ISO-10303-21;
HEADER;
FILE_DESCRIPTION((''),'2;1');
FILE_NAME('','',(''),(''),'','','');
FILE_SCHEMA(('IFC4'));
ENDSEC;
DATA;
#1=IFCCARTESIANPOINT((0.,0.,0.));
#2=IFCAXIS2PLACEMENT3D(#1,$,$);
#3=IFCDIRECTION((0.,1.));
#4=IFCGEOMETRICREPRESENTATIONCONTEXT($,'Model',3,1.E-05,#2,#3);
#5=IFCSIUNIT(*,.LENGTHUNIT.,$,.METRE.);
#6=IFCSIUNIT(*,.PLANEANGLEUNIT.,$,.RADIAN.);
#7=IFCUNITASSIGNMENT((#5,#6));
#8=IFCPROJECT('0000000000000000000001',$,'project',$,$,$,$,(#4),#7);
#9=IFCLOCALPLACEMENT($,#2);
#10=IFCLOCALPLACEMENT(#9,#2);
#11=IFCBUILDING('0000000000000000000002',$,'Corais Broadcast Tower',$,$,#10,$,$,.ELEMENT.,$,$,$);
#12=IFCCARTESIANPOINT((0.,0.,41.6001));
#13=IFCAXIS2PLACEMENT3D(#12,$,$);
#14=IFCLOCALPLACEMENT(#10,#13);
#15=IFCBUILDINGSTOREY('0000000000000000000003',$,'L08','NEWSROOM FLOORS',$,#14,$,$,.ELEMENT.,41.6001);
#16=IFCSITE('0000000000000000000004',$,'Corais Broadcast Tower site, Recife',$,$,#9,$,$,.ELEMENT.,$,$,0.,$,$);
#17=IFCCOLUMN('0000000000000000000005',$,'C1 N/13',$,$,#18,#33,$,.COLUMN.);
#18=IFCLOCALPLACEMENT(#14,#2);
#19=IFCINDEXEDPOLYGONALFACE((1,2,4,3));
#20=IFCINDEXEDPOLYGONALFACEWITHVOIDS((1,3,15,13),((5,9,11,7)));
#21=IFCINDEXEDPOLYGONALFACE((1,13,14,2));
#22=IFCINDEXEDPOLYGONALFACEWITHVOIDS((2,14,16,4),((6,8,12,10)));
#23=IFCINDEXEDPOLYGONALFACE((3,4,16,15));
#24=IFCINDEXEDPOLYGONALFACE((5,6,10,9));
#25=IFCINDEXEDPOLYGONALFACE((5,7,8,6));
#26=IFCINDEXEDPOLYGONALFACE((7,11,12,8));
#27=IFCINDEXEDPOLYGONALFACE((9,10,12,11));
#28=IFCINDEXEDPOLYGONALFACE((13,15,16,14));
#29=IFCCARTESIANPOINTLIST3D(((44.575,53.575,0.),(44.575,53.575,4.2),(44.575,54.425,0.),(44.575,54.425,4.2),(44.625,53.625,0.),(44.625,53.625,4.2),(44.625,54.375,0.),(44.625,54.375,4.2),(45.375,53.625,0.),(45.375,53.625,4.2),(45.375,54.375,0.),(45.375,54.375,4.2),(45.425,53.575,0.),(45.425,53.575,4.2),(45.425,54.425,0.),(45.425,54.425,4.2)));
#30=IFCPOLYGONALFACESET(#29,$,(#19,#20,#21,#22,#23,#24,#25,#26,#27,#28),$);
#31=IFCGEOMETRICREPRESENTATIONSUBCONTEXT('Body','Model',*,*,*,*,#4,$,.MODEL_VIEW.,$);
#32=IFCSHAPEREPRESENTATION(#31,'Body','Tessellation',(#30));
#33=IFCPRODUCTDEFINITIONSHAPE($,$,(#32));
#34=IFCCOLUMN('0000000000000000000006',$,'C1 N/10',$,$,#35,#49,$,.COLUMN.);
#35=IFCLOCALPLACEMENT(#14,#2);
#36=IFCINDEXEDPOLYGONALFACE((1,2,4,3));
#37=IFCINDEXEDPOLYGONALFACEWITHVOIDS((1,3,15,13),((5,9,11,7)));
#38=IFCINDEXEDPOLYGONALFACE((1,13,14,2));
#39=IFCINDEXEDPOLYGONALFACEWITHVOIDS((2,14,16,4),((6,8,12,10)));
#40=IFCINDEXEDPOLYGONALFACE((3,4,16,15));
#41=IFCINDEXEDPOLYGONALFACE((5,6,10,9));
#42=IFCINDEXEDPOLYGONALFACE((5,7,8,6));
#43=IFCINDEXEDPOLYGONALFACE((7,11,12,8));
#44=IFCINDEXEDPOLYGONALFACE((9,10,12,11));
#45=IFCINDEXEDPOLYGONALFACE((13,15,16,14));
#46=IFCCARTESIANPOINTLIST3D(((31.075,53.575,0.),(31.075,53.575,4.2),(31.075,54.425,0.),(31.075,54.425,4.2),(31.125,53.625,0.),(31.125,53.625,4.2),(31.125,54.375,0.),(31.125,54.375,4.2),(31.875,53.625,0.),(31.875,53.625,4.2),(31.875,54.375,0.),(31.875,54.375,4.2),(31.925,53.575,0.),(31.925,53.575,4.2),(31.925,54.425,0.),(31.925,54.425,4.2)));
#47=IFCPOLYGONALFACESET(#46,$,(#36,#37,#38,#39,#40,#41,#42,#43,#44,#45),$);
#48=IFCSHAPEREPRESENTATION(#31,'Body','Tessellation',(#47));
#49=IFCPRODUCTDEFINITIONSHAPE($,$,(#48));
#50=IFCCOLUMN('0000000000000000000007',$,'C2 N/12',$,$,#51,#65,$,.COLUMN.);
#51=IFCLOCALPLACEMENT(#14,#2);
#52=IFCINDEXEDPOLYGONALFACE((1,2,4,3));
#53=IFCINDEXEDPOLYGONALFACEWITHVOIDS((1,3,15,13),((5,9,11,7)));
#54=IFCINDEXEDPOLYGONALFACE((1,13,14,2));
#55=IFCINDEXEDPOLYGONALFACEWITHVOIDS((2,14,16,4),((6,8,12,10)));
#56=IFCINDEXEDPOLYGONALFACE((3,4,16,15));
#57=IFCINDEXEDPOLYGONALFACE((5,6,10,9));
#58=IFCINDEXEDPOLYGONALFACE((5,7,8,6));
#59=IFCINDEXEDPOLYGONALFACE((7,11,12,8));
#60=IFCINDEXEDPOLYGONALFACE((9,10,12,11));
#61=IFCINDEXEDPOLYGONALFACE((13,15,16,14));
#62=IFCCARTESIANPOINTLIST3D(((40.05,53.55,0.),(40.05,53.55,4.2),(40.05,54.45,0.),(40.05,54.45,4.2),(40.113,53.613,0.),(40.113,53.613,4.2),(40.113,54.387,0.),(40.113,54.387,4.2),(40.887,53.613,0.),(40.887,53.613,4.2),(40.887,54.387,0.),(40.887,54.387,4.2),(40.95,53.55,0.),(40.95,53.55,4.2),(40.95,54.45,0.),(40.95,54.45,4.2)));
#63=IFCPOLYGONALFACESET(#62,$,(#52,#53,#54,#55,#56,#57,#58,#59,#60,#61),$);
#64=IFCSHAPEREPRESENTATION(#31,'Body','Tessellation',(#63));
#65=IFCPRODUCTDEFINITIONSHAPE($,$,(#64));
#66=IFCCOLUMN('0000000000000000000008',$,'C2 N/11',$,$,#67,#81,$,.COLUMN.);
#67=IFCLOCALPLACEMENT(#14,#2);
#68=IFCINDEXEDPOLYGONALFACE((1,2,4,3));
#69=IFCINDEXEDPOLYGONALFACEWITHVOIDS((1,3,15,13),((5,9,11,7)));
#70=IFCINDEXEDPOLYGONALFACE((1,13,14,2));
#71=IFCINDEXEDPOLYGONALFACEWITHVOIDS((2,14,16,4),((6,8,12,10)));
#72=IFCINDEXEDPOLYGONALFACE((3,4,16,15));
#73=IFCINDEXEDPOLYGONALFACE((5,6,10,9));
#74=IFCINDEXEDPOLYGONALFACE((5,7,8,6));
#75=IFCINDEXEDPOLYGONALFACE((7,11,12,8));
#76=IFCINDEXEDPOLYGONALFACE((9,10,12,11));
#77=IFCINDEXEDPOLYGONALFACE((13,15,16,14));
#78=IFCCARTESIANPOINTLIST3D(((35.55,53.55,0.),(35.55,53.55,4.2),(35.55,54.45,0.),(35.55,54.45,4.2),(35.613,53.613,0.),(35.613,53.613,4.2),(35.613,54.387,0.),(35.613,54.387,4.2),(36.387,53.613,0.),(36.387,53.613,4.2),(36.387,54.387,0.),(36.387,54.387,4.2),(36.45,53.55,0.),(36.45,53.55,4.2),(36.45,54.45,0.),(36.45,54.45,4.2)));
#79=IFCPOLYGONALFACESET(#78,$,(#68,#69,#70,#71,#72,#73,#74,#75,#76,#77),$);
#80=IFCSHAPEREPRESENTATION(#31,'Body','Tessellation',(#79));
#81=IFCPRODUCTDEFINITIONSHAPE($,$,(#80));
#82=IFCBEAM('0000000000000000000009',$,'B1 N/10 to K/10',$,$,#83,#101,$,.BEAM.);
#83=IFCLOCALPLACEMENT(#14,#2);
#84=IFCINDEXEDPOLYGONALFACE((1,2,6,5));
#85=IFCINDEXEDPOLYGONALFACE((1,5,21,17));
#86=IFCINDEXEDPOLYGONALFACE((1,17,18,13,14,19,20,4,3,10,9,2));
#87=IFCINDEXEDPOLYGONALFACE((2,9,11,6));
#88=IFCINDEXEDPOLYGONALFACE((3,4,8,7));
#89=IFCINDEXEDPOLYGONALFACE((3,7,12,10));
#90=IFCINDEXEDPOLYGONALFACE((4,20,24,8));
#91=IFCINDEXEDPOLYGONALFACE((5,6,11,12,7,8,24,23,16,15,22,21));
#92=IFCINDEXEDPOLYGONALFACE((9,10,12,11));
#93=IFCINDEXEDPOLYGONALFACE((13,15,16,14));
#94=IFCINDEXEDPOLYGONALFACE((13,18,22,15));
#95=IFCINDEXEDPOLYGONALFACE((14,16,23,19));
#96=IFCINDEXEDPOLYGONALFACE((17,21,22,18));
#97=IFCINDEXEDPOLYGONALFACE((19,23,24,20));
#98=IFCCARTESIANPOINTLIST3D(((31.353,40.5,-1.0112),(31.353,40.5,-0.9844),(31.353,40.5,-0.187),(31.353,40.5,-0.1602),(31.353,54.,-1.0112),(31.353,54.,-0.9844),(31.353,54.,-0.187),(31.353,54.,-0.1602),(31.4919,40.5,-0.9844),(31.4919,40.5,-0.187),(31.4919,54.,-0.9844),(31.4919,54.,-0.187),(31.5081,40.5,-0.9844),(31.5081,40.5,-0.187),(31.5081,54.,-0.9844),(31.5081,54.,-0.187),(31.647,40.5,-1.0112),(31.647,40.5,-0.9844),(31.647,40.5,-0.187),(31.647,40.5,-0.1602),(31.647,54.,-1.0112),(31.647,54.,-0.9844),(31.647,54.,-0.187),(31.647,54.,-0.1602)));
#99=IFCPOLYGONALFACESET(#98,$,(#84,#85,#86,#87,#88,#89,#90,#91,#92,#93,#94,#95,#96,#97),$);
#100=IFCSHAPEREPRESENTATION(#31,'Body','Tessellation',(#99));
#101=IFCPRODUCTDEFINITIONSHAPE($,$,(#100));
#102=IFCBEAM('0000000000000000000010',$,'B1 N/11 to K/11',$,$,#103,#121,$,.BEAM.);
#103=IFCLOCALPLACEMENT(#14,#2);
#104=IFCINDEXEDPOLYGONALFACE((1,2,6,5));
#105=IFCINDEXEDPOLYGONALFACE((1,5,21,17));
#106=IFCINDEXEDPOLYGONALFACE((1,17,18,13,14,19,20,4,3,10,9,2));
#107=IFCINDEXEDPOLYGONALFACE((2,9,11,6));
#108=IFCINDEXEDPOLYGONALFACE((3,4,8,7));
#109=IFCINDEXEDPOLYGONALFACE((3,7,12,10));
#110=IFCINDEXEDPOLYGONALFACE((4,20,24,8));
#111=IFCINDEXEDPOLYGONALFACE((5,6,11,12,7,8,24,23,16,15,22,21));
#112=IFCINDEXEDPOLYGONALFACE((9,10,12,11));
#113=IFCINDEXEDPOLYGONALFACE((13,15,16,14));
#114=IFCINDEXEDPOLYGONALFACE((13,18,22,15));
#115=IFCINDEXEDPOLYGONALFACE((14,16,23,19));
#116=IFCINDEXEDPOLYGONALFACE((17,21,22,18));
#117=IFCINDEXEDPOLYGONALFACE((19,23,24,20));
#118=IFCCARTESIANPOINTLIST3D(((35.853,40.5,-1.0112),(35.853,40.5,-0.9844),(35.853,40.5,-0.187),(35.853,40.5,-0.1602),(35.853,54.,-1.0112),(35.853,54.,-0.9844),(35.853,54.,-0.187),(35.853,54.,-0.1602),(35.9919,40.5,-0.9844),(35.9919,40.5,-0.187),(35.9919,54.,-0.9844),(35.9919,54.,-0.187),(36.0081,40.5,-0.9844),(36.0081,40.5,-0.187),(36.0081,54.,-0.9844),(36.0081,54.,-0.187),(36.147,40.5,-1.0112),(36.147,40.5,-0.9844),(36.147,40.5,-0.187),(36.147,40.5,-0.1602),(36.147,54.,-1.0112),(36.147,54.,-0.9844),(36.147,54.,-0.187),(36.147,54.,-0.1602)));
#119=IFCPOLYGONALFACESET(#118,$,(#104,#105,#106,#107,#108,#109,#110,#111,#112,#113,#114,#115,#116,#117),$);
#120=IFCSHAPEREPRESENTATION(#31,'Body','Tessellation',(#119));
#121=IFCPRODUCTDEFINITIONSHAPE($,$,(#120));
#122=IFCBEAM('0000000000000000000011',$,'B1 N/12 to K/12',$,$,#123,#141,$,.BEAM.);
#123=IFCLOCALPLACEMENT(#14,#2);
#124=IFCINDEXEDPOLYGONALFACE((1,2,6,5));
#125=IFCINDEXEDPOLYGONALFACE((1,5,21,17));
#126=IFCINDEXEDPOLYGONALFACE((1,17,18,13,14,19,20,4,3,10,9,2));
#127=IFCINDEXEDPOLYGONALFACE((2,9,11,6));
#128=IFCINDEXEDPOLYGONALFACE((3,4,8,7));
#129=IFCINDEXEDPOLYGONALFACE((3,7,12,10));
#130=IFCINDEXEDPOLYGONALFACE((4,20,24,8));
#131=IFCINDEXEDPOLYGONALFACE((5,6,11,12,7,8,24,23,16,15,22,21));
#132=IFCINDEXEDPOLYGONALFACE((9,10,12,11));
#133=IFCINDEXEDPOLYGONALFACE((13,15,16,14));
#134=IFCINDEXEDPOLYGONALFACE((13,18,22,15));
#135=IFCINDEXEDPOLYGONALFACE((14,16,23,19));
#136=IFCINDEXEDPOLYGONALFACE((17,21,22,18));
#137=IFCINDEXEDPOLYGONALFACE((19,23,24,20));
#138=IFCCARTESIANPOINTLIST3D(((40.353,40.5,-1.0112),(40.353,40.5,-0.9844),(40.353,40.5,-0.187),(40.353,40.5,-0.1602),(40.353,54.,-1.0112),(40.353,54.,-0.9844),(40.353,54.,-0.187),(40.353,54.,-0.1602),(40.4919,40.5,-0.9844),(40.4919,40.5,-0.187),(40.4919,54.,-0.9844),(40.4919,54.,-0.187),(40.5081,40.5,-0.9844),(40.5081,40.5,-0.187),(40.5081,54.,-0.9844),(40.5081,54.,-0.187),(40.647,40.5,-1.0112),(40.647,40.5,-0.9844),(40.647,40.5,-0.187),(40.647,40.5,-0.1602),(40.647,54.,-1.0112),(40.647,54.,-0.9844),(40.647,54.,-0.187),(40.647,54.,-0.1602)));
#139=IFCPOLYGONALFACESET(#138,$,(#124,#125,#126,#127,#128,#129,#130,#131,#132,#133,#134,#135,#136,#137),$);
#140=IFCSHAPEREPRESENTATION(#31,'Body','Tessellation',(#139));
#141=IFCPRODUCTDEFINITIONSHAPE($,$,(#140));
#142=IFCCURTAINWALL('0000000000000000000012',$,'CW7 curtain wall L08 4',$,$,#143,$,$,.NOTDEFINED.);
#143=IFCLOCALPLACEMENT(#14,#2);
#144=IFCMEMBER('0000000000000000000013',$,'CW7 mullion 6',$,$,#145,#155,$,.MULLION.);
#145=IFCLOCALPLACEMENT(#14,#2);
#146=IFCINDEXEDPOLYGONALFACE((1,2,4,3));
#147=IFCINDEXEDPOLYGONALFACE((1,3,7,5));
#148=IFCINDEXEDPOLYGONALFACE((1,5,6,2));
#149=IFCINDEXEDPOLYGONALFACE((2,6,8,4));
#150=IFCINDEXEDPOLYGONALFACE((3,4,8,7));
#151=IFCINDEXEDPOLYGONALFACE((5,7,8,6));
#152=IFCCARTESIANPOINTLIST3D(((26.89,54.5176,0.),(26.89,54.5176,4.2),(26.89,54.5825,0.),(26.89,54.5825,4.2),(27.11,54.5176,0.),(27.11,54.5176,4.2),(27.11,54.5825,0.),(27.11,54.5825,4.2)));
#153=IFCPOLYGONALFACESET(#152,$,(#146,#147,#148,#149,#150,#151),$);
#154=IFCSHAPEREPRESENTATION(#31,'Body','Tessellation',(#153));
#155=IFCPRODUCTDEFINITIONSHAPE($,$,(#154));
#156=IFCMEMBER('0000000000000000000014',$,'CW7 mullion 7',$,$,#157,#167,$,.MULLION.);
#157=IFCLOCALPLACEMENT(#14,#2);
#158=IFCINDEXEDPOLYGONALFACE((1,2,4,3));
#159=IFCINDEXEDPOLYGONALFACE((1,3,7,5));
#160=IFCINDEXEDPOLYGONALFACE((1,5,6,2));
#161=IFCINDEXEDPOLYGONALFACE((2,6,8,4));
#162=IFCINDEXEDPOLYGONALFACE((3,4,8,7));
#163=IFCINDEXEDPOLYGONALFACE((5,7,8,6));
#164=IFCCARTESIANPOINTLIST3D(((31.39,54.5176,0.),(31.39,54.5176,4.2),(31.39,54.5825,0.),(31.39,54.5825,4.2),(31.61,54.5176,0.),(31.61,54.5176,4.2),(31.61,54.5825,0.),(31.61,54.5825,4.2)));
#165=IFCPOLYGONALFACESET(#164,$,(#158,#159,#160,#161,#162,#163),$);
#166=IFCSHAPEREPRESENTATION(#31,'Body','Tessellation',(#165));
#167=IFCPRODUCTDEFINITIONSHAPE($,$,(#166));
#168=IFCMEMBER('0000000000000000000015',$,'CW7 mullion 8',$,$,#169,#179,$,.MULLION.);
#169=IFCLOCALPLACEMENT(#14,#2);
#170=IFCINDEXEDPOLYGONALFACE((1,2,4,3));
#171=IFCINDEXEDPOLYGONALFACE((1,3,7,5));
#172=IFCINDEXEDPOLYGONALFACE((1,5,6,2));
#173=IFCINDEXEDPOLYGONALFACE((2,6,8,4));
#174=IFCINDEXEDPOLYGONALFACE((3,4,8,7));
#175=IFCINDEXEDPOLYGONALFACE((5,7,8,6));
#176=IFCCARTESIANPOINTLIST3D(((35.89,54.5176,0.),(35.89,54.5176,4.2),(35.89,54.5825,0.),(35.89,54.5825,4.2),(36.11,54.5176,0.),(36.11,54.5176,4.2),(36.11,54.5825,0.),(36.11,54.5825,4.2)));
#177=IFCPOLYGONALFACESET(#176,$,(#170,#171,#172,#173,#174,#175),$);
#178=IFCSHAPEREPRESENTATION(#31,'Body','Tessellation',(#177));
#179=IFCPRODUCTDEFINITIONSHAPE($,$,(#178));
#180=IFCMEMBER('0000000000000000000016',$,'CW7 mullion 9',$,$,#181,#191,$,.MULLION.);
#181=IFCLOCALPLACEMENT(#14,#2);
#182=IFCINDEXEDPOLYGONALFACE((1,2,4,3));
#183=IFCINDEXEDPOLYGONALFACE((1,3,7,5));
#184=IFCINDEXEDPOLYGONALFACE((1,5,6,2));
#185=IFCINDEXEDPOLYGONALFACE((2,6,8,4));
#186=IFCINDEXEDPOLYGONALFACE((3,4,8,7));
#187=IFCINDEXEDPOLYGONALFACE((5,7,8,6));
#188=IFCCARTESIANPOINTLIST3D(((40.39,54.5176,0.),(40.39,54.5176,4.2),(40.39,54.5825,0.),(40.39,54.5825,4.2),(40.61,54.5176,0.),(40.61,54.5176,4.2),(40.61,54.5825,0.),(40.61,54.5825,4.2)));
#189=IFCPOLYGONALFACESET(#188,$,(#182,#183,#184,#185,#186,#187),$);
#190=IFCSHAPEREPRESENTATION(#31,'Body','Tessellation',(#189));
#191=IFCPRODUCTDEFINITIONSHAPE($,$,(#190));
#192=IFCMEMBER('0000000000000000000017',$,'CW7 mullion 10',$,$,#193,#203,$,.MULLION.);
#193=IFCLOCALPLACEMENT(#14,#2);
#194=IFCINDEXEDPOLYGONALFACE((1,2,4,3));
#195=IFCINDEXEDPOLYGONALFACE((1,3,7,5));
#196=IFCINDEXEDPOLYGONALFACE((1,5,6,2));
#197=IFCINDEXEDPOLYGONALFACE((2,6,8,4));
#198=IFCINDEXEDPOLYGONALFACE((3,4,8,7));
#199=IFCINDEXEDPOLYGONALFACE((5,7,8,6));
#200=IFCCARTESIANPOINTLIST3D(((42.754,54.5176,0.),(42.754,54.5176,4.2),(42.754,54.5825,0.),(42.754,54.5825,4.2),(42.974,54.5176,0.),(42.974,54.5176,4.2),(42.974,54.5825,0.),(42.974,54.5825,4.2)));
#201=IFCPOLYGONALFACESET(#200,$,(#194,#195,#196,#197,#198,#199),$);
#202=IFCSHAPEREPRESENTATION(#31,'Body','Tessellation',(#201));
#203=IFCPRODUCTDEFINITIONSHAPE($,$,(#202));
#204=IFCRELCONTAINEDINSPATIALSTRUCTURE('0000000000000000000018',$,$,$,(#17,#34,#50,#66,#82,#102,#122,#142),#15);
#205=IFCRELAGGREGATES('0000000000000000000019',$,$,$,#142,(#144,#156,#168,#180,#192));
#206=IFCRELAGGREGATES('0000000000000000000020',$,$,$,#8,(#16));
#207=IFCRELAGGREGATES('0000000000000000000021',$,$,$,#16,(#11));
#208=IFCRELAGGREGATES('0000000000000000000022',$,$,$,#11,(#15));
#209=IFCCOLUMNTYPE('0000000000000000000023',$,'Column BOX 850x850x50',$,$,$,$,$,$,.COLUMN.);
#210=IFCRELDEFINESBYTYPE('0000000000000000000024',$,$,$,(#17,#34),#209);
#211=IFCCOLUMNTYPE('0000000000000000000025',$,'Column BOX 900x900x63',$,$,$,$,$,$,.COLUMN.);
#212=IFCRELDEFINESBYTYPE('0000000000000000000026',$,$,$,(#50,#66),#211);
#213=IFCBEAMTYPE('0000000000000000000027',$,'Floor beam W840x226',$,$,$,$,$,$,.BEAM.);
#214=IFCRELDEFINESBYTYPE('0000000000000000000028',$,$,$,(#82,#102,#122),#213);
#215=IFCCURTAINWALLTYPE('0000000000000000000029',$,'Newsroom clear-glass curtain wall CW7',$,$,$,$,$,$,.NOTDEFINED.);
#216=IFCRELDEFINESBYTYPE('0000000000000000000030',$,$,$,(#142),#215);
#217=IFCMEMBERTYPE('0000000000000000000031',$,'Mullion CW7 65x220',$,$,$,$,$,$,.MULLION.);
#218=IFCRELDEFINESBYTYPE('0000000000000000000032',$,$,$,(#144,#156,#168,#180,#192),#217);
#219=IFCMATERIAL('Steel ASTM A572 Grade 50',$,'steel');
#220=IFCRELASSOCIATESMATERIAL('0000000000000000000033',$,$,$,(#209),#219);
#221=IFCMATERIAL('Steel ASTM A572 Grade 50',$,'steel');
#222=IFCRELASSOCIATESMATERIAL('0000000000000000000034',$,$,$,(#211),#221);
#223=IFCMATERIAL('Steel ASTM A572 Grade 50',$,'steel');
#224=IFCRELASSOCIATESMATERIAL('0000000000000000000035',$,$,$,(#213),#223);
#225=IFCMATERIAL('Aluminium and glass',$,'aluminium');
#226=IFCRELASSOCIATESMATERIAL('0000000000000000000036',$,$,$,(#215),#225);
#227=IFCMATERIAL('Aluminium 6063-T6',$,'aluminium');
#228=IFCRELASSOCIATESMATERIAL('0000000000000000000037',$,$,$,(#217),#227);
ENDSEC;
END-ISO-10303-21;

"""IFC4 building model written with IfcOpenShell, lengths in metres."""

from ifc_helpers import new_model, si_unit, direction, frame, origin, origin_2d, place, context, subcontext, project, spatial, rectangle, hollow_rectangle, i_section, extrude, material, material_profile, profile_set, type_object, element, aggregate, save


model = new_model("IFC4")

# Units and contexts
model_context = context("Model", 3, precision=1e-05, world=origin(), true_north=direction((0.0, 1.0)))
body_context = subcontext(model_context, "Body", "Model", "MODEL_VIEW")
ifc_project = project(units=[si_unit("LENGTHUNIT", "METRE"), si_unit("PLANEANGLEUNIT", "RADIAN")], contexts=[model_context])

# Site, building, storey
site_placement = place(None, origin())
site = spatial("IfcSite", under=ifc_project, at=site_placement, Name="Corais Broadcast Tower site, Recife", CompositionType="ELEMENT", RefElevation=0.0)
building_placement = place(site_placement, origin())
building = spatial("IfcBuilding", under=site, at=building_placement, Name="Corais Broadcast Tower", CompositionType="ELEMENT")
storey_placement = place(building_placement, frame((0.0, 0.0, 41.6001)))
storey = spatial("IfcBuildingStorey", under=building, at=storey_placement, Name="L08", Description="NEWSROOM FLOORS", CompositionType="ELEMENT", Elevation=41.6001)

# Columns
ifc_material_1 = material(Name="Steel ASTM A572 Grade 50", Category="steel")
ifc_material_profile_1 = material_profile(ifc_material_1, hollow_rectangle(XDim=0.8501, YDim=0.8501, WallThickness=0.05, at=origin_2d()), Name="BOX 850x850x50")
ifc_profile_set_1 = profile_set([ifc_material_profile_1], Name="Steel ASTM A572 Grade 50")
column_type_1 = type_object("IfcColumnType", Name="Column BOX 850x850x50", PredefinedType="COLUMN", material=ifc_profile_set_1)
for number, where, z_axis, x_axis, name in (
    (1, (45.0, 54.0, 0.0), (0.0, 0.0, 1.0), (1.0, 0.0, 0.0), "C1 N/13"),
    (2, (31.5, 54.0, 0.0), (0.0, 0.0, 1.0), (1.0, 0.0, 0.0), "C1 N/10"),
):
    element("IfcColumn", number, at=place(storey_placement, frame(where, z_axis=z_axis, x_axis=x_axis)), inside=storey, type_object=column_type_1, Name=name, PredefinedType="COLUMN", context=body_context, shape_type="SweptSolid", body=[
        extrude(hollow_rectangle(XDim=0.8501, YDim=0.8501, WallThickness=0.05, at=origin_2d()), origin(), (0.0, 0.0, 1.0), 4.2),
    ])
ifc_material_2 = material(Name="Steel ASTM A572 Grade 50", Category="steel")
ifc_material_profile_2 = material_profile(ifc_material_2, hollow_rectangle(XDim=0.8999, YDim=0.8999, WallThickness=0.063, at=origin_2d()), Name="BOX 900x900x63")
ifc_profile_set_2 = profile_set([ifc_material_profile_2], Name="Steel ASTM A572 Grade 50")
column_type_2 = type_object("IfcColumnType", Name="Column BOX 900x900x63", PredefinedType="COLUMN", material=ifc_profile_set_2)
for number, where, z_axis, x_axis, name in (
    (3, (40.5, 54.0, 0.0), (0.0, 0.0, 1.0), (1.0, 0.0, 0.0), "C2 N/12"),
    (4, (36.0, 54.0, 0.0), (0.0, 0.0, 1.0), (1.0, 0.0, 0.0), "C2 N/11"),
):
    element("IfcColumn", number, at=place(storey_placement, frame(where, z_axis=z_axis, x_axis=x_axis)), inside=storey, type_object=column_type_2, Name=name, PredefinedType="COLUMN", context=body_context, shape_type="SweptSolid", body=[
        extrude(hollow_rectangle(XDim=0.8999, YDim=0.8999, WallThickness=0.063, at=origin_2d()), origin(), (0.0, 0.0, 1.0), 4.2),
    ])

# Beams
ifc_material_3 = material(Name="Steel ASTM A572 Grade 50", Category="steel")
ifc_material_profile_3 = material_profile(ifc_material_3, i_section(OverallWidth=0.2939, OverallDepth=0.8511, WebThickness=0.0161, FlangeThickness=0.0269, at=origin_2d()), Name="W840x226")
ifc_profile_set_3 = profile_set([ifc_material_profile_3], Name="Steel ASTM A572 Grade 50")
beam_type_1 = type_object("IfcBeamType", Name="Floor beam W840x226", PredefinedType="BEAM", material=ifc_profile_set_3)
for number, where, z_axis, x_axis, name in (
    (5, (31.5, 54.0, -0.5857), (0.0, -1.0, 0.0), (1.0, 0.0, 0.0), "B1 N/10 to K/10"),
    (6, (36.0, 54.0, -0.5857), (0.0, -1.0, 0.0), (1.0, 0.0, 0.0), "B1 N/11 to K/11"),
    (7, (40.5, 54.0, -0.5857), (0.0, -1.0, 0.0), (1.0, 0.0, 0.0), "B1 N/12 to K/12"),
):
    element("IfcBeam", number, at=place(storey_placement, frame(where, z_axis=z_axis, x_axis=x_axis)), inside=storey, type_object=beam_type_1, Name=name, PredefinedType="BEAM", context=body_context, shape_type="SweptSolid", body=[
        extrude(i_section(OverallWidth=0.2939, OverallDepth=0.8511, WebThickness=0.0161, FlangeThickness=0.0269, at=origin_2d()), origin(), (0.0, 0.0, 1.0), 13.5),
    ])

# Curtain wall, members
ifc_material_4 = material(Name="Aluminium and glass", Category="aluminium")
curtain_wall_type = type_object("IfcCurtainWallType", Name="Newsroom clear-glass curtain wall CW7", PredefinedType="NOTDEFINED", material=ifc_material_4)
curtain_wall_placement = place(storey_placement, origin())
curtain_wall = element("IfcCurtainWall", 8, at=curtain_wall_placement, inside=storey, type_object=curtain_wall_type, Name="CW7 curtain wall L08 4", PredefinedType="NOTDEFINED")
ifc_material_5 = material(Name="Aluminium 6063-T6", Category="aluminium")
ifc_material_profile_4 = material_profile(ifc_material_5, rectangle(XDim=0.0649, YDim=0.22, at=origin_2d()), Name="Mullion CW7 65x220")
ifc_profile_set_4 = profile_set([ifc_material_profile_4], Name="Aluminium 6063-T6")
member_type_1 = type_object("IfcMemberType", Name="Mullion CW7 65x220", PredefinedType="MULLION", material=ifc_profile_set_4)
member_1_placement = place(storey_placement, frame((27.0, 54.55, 0.0), z_axis=(0.0, 0.0, 1.0), x_axis=(0.0, 1.0, 0.0)))
member_1 = element("IfcMember", 9, at=member_1_placement, type_object=member_type_1, Name="CW7 mullion 6", PredefinedType="MULLION", context=body_context, shape_type="SweptSolid", body=[
    extrude(rectangle(XDim=0.0649, YDim=0.22, at=origin_2d()), origin(), (0.0, 0.0, 1.0), 4.2),
])
member_2_placement = place(storey_placement, frame((31.5, 54.55, 0.0), z_axis=(0.0, 0.0, 1.0), x_axis=(0.0, 1.0, 0.0)))
member_2 = element("IfcMember", 10, at=member_2_placement, type_object=member_type_1, Name="CW7 mullion 7", PredefinedType="MULLION", context=body_context, shape_type="SweptSolid", body=[
    extrude(rectangle(XDim=0.0649, YDim=0.22, at=origin_2d()), origin(), (0.0, 0.0, 1.0), 4.2),
])
member_3_placement = place(storey_placement, frame((36.0, 54.55, 0.0), z_axis=(0.0, 0.0, 1.0), x_axis=(0.0, 1.0, 0.0)))
member_3 = element("IfcMember", 11, at=member_3_placement, type_object=member_type_1, Name="CW7 mullion 8", PredefinedType="MULLION", context=body_context, shape_type="SweptSolid", body=[
    extrude(rectangle(XDim=0.0649, YDim=0.22, at=origin_2d()), origin(), (0.0, 0.0, 1.0), 4.2),
])
member_4_placement = place(storey_placement, frame((40.5, 54.55, 0.0), z_axis=(0.0, 0.0, 1.0), x_axis=(0.0, 1.0, 0.0)))
member_4 = element("IfcMember", 12, at=member_4_placement, type_object=member_type_1, Name="CW7 mullion 9", PredefinedType="MULLION", context=body_context, shape_type="SweptSolid", body=[
    extrude(rectangle(XDim=0.0649, YDim=0.22, at=origin_2d()), origin(), (0.0, 0.0, 1.0), 4.2),
])
member_5_placement = place(storey_placement, frame((42.864, 54.55, 0.0), z_axis=(0.0, 0.0, 1.0), x_axis=(0.0, 1.0, 0.0)))
member_5 = element("IfcMember", 13, at=member_5_placement, type_object=member_type_1, Name="CW7 mullion 10", PredefinedType="MULLION", context=body_context, shape_type="SweptSolid", body=[
    extrude(rectangle(XDim=0.0649, YDim=0.22, at=origin_2d()), origin(), (0.0, 0.0, 1.0), 4.2),
])

aggregate(curtain_wall, [member_1, member_2, member_3, member_4, member_5])

save(model, "model.ifc")
